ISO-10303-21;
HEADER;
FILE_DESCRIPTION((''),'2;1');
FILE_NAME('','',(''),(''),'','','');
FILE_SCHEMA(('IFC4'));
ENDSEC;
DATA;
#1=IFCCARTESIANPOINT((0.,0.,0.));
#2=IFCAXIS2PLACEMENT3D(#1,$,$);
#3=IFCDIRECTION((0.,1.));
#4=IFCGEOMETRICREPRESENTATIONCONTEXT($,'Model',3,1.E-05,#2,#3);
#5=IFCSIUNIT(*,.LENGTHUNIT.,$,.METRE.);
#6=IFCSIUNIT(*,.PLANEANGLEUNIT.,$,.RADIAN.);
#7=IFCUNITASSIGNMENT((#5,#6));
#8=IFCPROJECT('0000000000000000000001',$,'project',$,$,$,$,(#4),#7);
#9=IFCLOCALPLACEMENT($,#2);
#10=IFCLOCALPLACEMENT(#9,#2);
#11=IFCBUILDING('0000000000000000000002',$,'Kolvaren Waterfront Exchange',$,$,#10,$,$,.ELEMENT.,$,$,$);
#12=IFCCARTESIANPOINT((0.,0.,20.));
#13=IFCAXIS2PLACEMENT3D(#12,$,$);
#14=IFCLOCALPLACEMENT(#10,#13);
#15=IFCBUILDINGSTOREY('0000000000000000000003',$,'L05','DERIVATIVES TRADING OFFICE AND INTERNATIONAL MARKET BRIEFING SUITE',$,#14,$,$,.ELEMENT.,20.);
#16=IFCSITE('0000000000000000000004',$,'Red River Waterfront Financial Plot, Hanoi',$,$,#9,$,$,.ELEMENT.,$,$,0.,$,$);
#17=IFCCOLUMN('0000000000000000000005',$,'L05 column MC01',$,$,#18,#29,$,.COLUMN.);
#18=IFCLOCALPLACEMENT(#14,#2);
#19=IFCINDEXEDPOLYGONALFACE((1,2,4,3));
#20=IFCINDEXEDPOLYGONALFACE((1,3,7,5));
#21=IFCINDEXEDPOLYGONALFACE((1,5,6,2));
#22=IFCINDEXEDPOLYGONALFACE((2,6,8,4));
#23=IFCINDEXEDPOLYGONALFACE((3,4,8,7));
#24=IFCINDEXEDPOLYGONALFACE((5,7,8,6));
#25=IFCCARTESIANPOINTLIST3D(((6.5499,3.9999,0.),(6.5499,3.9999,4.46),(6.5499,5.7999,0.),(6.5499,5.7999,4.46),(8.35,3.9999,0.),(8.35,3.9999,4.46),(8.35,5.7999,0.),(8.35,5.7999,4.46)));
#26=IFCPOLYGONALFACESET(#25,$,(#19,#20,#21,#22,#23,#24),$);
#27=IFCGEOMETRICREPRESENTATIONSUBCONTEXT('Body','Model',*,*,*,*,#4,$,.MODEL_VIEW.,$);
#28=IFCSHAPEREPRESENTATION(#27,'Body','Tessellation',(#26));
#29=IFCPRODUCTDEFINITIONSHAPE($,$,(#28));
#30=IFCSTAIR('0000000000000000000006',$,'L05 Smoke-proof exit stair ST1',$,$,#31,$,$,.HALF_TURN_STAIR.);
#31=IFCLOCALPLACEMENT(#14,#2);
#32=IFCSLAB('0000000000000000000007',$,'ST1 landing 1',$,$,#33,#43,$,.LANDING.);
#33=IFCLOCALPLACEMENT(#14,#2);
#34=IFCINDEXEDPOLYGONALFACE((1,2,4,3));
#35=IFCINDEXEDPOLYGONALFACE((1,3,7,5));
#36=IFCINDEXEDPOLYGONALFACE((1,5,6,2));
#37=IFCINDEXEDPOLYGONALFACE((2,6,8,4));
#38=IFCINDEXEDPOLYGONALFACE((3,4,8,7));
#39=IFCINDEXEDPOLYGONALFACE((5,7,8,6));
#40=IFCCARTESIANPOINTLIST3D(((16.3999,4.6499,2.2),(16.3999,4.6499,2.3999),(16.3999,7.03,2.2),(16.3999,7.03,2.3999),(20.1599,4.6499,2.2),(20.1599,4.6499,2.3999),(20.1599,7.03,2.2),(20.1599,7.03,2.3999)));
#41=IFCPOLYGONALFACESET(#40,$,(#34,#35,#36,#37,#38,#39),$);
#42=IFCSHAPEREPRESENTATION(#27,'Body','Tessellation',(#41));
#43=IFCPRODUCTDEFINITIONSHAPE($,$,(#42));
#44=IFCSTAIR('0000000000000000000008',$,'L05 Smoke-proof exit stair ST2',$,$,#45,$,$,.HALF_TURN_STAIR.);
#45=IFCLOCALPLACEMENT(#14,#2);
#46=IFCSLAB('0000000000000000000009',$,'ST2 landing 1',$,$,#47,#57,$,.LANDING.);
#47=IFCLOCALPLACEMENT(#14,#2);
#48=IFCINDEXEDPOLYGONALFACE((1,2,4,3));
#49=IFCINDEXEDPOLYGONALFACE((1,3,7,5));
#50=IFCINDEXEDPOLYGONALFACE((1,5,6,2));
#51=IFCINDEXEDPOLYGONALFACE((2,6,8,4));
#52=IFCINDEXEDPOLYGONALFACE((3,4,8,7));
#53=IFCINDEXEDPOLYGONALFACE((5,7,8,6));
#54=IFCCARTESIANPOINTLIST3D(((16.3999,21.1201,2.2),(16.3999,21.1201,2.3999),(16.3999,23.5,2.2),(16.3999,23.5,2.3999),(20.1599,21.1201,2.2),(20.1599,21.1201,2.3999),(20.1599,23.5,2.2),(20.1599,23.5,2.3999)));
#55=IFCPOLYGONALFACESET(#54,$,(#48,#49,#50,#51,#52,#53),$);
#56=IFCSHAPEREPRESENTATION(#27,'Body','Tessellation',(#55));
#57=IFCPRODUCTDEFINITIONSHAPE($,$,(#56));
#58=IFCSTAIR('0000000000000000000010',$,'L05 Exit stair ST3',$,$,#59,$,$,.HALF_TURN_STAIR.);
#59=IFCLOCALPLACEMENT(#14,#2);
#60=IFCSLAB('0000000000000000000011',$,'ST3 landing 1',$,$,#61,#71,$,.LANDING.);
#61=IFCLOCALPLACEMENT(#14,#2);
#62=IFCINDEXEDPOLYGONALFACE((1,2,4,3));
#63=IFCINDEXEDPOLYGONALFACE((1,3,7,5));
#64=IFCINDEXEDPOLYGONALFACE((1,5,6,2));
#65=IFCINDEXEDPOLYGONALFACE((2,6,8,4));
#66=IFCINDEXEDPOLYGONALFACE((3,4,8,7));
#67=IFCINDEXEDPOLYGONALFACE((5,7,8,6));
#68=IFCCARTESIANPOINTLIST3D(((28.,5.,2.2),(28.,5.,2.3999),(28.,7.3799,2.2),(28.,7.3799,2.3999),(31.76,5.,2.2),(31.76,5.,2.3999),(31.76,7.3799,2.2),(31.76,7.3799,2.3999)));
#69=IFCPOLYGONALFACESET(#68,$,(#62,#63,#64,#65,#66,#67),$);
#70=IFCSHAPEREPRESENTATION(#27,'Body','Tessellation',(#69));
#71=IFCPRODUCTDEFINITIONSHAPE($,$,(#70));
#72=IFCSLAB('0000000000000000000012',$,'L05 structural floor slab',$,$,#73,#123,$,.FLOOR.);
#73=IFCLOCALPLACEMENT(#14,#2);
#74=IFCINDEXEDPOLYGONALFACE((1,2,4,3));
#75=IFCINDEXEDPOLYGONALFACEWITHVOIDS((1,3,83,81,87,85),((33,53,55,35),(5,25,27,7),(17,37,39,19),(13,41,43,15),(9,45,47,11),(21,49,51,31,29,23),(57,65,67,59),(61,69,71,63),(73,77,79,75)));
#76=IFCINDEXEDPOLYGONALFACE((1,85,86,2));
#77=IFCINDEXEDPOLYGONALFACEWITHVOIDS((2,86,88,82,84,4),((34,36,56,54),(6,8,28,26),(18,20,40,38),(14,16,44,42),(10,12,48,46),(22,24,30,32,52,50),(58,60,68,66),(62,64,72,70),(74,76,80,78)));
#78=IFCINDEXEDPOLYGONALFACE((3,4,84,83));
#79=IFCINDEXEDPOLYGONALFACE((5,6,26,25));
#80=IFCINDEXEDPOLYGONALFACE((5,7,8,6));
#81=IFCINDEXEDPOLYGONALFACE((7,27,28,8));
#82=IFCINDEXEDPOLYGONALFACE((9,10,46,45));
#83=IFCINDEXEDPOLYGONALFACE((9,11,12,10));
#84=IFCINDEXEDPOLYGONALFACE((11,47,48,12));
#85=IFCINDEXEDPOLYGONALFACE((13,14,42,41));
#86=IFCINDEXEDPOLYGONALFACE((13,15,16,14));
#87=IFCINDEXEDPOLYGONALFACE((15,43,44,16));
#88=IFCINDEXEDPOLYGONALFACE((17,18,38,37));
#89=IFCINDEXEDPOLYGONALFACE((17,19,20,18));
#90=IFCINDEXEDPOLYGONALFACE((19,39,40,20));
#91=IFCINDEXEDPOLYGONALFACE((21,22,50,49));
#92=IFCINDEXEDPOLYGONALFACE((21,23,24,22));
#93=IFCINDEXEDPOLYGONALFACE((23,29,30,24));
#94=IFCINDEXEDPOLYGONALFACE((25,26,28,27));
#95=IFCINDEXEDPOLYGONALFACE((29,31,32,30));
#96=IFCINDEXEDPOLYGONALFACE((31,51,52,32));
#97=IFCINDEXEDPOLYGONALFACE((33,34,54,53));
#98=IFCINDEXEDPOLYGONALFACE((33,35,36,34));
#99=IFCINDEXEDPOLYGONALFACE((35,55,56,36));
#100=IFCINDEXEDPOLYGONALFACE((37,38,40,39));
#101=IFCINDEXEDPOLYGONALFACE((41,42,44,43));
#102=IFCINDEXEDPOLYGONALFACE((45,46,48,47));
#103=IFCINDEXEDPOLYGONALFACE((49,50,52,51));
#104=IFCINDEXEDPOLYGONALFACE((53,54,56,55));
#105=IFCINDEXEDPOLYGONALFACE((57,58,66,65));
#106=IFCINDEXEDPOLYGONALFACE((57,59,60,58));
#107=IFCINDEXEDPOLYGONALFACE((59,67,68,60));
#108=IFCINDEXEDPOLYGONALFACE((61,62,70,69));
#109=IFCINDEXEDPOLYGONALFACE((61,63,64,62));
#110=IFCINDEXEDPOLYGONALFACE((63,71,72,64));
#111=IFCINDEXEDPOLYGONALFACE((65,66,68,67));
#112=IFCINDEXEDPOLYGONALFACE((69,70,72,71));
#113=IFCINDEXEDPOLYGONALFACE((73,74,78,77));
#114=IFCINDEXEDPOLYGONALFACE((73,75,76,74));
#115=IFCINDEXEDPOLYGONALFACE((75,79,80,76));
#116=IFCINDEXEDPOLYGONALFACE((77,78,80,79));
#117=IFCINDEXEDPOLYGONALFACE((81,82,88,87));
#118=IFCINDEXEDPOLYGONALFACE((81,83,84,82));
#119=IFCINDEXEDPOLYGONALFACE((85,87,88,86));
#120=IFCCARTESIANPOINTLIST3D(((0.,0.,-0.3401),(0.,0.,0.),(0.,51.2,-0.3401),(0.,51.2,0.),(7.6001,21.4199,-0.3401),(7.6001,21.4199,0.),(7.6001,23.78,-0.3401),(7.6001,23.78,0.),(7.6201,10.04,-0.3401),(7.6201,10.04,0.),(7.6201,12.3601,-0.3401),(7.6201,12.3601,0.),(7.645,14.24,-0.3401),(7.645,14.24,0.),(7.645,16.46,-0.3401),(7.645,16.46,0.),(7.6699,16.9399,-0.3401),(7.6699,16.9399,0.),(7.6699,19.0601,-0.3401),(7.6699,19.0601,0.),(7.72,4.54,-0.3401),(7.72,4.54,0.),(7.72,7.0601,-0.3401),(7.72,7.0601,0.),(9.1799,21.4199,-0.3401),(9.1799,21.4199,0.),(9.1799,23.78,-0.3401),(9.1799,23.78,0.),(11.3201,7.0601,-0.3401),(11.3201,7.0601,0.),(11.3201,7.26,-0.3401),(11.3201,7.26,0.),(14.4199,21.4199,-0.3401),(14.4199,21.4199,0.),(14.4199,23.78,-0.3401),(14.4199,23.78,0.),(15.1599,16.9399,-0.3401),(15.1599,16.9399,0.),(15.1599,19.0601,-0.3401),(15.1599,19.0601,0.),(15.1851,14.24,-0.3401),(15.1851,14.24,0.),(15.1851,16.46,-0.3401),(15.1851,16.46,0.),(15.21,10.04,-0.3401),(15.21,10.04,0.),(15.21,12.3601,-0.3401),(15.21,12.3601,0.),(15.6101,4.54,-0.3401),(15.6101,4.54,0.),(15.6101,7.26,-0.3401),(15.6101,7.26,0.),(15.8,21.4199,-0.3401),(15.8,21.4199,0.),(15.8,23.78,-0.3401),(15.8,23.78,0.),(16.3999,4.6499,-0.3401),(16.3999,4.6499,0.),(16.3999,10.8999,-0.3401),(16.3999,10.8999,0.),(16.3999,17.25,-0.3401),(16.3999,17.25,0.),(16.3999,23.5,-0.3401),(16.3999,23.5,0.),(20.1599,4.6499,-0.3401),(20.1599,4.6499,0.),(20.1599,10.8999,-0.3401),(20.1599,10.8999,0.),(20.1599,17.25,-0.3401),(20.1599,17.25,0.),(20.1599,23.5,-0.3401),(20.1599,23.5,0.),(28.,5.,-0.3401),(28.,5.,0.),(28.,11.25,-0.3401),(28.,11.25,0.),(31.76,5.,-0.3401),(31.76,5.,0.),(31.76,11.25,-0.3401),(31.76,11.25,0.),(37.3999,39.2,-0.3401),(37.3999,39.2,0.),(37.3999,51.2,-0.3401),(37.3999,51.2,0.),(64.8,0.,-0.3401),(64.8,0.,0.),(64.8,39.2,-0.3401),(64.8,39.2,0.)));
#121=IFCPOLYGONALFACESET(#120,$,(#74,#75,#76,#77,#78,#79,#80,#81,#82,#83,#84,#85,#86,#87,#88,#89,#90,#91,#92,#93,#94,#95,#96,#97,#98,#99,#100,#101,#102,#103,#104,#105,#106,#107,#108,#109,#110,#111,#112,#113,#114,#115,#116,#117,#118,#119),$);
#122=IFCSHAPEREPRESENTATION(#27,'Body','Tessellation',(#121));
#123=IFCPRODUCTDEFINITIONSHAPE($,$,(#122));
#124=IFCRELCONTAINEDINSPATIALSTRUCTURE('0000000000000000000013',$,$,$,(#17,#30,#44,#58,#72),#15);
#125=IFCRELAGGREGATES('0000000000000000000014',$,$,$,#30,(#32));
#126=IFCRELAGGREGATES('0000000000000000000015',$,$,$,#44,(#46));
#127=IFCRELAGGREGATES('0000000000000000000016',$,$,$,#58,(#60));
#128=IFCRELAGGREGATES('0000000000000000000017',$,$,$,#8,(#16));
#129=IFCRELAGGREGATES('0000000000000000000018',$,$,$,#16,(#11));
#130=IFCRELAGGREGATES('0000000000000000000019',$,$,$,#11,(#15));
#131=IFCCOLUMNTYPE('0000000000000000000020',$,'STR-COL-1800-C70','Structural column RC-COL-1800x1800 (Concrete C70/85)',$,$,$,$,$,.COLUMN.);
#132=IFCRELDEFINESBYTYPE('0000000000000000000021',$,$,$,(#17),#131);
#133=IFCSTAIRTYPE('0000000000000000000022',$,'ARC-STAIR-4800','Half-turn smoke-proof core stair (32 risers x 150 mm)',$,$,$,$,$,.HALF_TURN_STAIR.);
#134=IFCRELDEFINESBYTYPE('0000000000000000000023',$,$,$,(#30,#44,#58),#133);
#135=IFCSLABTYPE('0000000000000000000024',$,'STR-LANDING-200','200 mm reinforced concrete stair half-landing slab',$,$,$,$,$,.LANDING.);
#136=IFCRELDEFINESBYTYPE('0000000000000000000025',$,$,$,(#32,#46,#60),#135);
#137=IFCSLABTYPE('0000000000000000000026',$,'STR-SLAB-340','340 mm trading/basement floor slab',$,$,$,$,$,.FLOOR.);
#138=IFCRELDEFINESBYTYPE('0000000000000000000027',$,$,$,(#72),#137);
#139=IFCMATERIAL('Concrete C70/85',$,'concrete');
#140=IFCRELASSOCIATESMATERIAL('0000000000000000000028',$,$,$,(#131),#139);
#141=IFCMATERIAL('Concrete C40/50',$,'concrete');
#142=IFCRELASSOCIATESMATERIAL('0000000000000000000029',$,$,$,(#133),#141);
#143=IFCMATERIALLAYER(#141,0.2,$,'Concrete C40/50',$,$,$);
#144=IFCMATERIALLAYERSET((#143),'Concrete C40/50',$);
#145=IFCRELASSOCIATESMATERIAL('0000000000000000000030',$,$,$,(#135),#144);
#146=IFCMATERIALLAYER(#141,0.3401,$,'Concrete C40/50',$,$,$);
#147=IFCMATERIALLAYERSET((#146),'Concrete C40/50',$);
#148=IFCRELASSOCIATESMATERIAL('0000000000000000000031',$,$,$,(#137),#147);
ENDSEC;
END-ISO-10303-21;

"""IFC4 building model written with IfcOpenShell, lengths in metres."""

from ifc_helpers import new_model, si_unit, direction, frame, origin, origin_2d, place, context, subcontext, project, spatial, polyline, rectangle, outline, extrude, material, layer, layer_set, material_profile, profile_set, type_object, element, aggregate, save


model = new_model("IFC4")

# Units and contexts
model_context = context("Model", 3, precision=1e-05, world=origin(), true_north=direction((0.0, 1.0)))
body_context = subcontext(model_context, "Body", "Model", "MODEL_VIEW")
ifc_project = project(units=[si_unit("LENGTHUNIT", "METRE"), si_unit("PLANEANGLEUNIT", "RADIAN")], contexts=[model_context])

# Site, building, storey
site_placement = place(None, origin())
site = spatial("IfcSite", under=ifc_project, at=site_placement, Name="Red River Waterfront Financial Plot, Hanoi", CompositionType="ELEMENT", RefElevation=0.0)
building_placement = place(site_placement, origin())
building = spatial("IfcBuilding", under=site, at=building_placement, Name="Kolvaren Waterfront Exchange", CompositionType="ELEMENT")
storey_placement = place(building_placement, frame((0.0, 0.0, 20.0)))
storey = spatial("IfcBuildingStorey", under=building, at=storey_placement, Name="L05", Description="DERIVATIVES TRADING OFFICE AND INTERNATIONAL MARKET BRIEFING SUITE", CompositionType="ELEMENT", Elevation=20.0)

# Column
ifc_material_1 = material(Name="Concrete C70/85", Category="concrete")
ifc_material_profile = material_profile(ifc_material_1, rectangle(XDim=1.8, YDim=1.8, at=origin_2d()), Name="RC-COL-1800x1800")
ifc_profile_set = profile_set([ifc_material_profile], Name="Concrete C70/85")
column_type = type_object("IfcColumnType", Name="STR-COL-1800-C70", Description="Structural column RC-COL-1800x1800 (Concrete C70/85)", PredefinedType="COLUMN", material=ifc_profile_set)
column_placement = place(storey_placement, frame((7.45, 4.8999, 0.0), z_axis=(0.0, 0.0, 1.0), x_axis=(1.0, 0.0, 0.0)))
element("IfcColumn", 1, at=column_placement, inside=storey, type_object=column_type, Name="L05 column MC01", PredefinedType="COLUMN", context=body_context, shape_type="SweptSolid", body=[
    extrude(rectangle(XDim=1.8, YDim=1.8, at=origin_2d()), origin(), (0.0, 0.0, 1.0), 4.46),
])

# Stairs, slabs
ifc_material_2 = material(Name="Concrete C40/50", Category="concrete")
stair_type = type_object("IfcStairType", Name="ARC-STAIR-4800", Description="Half-turn smoke-proof core stair (32 risers x 150 mm)", PredefinedType="HALF_TURN_STAIR", material=ifc_material_2)
stair_1_placement = place(storey_placement, origin())
stair_1 = element("IfcStair", 2, at=stair_1_placement, inside=storey, type_object=stair_type, Name="L05 Smoke-proof exit stair ST1", PredefinedType="HALF_TURN_STAIR")
ifc_layer_1 = layer(ifc_material_2, 0.2, Name="Concrete C40/50")
ifc_layer_set_1 = layer_set([ifc_layer_1], Name="Concrete C40/50")
slab_type_1 = type_object("IfcSlabType", Name="STR-LANDING-200", Description="200 mm reinforced concrete stair half-landing slab", PredefinedType="LANDING", material=ifc_layer_set_1)
slab_1_placement = place(storey_placement, frame((0.0, 0.0, 2.2)))
slab_1 = element("IfcSlab", 3, at=slab_1_placement, type_object=slab_type_1, Name="ST1 landing 1", PredefinedType="LANDING", context=body_context, shape_type="SweptSolid", body=[
    extrude(outline(polyline([(16.3999, 7.03), (16.3999, 4.6499), (20.1599, 4.6499), (20.1599, 7.03), (16.3999, 7.03)])), origin(), (0.0, 0.0, 1.0), 0.2),
])
aggregate(stair_1, [slab_1])
stair_2_placement = place(storey_placement, origin())
stair_2 = element("IfcStair", 4, at=stair_2_placement, inside=storey, type_object=stair_type, Name="L05 Smoke-proof exit stair ST2", PredefinedType="HALF_TURN_STAIR")
slab_2_placement = place(storey_placement, frame((0.0, 0.0, 2.2)))
slab_2 = element("IfcSlab", 5, at=slab_2_placement, type_object=slab_type_1, Name="ST2 landing 1", PredefinedType="LANDING", context=body_context, shape_type="SweptSolid", body=[
    extrude(outline(polyline([(20.1599, 21.1201), (20.1599, 23.5), (16.3999, 23.5), (16.3999, 21.1201), (20.1599, 21.1201)])), origin(), (0.0, 0.0, 1.0), 0.2),
])
aggregate(stair_2, [slab_2])
stair_3_placement = place(storey_placement, origin())
stair_3 = element("IfcStair", 6, at=stair_3_placement, inside=storey, type_object=stair_type, Name="L05 Exit stair ST3", PredefinedType="HALF_TURN_STAIR")
slab_3_placement = place(storey_placement, frame((0.0, 0.0, 2.2)))
slab_3 = element("IfcSlab", 7, at=slab_3_placement, type_object=slab_type_1, Name="ST3 landing 1", PredefinedType="LANDING", context=body_context, shape_type="SweptSolid", body=[
    extrude(outline(polyline([(28.0, 7.3799), (28.0, 5.0), (31.76, 5.0), (31.76, 7.3799), (28.0, 7.3799)])), origin(), (0.0, 0.0, 1.0), 0.2),
])
aggregate(stair_3, [slab_3])

# Slab
ifc_layer_2 = layer(ifc_material_2, 0.3401, Name="Concrete C40/50")
ifc_layer_set_2 = layer_set([ifc_layer_2], Name="Concrete C40/50")
slab_type_2 = type_object("IfcSlabType", Name="STR-SLAB-340", Description="340 mm trading/basement floor slab", PredefinedType="FLOOR", material=ifc_layer_set_2)
slab_4_placement = place(storey_placement, frame((0.0, 0.0, -0.3401)))
element("IfcSlab", 8, at=slab_4_placement, inside=storey, type_object=slab_type_2, Name="L05 structural floor slab", PredefinedType="FLOOR", context=body_context, shape_type="SweptSolid", body=[
    extrude(outline(polyline([(0.0, 0.0), (64.8, 0.0), (64.8, 39.2), (37.3999, 39.2), (37.3999, 51.2), (0.0, 51.2), (0.0, 0.0)]), holes=[polyline([(11.3201, 7.26), (15.6101, 7.26), (15.6101, 4.54), (7.72, 4.54), (7.72, 7.0601), (11.3201, 7.0601), (11.3201, 7.26)]), polyline([(20.1599, 4.6499), (16.3999, 4.6499), (16.3999, 10.8999), (20.1599, 10.8999), (20.1599, 4.6499)]), polyline([(31.76, 5.0), (28.0, 5.0), (28.0, 11.25), (31.76, 11.25), (31.76, 5.0)]), polyline([(15.21, 10.04), (7.6201, 10.04), (7.6201, 12.3601), (15.21, 12.3601), (15.21, 10.04)]), polyline([(7.645, 16.46), (15.1851, 16.46), (15.1851, 14.24), (7.645, 14.24), (7.645, 16.46)]), polyline([(15.1599, 16.9399), (7.6699, 16.9399), (7.6699, 19.0601), (15.1599, 19.0601), (15.1599, 16.9399)]), polyline([(16.3999, 23.5), (20.1599, 23.5), (20.1599, 17.25), (16.3999, 17.25), (16.3999, 23.5)]), polyline([(7.6001, 23.78), (9.1799, 23.78), (9.1799, 21.4199), (7.6001, 21.4199), (7.6001, 23.78)]), polyline([(15.8, 23.78), (15.8, 21.4199), (14.4199, 21.4199), (14.4199, 23.78), (15.8, 23.78)])]), origin(), (0.0, 0.0, 1.0), 0.3401),
])

save(model, "model.ifc")
